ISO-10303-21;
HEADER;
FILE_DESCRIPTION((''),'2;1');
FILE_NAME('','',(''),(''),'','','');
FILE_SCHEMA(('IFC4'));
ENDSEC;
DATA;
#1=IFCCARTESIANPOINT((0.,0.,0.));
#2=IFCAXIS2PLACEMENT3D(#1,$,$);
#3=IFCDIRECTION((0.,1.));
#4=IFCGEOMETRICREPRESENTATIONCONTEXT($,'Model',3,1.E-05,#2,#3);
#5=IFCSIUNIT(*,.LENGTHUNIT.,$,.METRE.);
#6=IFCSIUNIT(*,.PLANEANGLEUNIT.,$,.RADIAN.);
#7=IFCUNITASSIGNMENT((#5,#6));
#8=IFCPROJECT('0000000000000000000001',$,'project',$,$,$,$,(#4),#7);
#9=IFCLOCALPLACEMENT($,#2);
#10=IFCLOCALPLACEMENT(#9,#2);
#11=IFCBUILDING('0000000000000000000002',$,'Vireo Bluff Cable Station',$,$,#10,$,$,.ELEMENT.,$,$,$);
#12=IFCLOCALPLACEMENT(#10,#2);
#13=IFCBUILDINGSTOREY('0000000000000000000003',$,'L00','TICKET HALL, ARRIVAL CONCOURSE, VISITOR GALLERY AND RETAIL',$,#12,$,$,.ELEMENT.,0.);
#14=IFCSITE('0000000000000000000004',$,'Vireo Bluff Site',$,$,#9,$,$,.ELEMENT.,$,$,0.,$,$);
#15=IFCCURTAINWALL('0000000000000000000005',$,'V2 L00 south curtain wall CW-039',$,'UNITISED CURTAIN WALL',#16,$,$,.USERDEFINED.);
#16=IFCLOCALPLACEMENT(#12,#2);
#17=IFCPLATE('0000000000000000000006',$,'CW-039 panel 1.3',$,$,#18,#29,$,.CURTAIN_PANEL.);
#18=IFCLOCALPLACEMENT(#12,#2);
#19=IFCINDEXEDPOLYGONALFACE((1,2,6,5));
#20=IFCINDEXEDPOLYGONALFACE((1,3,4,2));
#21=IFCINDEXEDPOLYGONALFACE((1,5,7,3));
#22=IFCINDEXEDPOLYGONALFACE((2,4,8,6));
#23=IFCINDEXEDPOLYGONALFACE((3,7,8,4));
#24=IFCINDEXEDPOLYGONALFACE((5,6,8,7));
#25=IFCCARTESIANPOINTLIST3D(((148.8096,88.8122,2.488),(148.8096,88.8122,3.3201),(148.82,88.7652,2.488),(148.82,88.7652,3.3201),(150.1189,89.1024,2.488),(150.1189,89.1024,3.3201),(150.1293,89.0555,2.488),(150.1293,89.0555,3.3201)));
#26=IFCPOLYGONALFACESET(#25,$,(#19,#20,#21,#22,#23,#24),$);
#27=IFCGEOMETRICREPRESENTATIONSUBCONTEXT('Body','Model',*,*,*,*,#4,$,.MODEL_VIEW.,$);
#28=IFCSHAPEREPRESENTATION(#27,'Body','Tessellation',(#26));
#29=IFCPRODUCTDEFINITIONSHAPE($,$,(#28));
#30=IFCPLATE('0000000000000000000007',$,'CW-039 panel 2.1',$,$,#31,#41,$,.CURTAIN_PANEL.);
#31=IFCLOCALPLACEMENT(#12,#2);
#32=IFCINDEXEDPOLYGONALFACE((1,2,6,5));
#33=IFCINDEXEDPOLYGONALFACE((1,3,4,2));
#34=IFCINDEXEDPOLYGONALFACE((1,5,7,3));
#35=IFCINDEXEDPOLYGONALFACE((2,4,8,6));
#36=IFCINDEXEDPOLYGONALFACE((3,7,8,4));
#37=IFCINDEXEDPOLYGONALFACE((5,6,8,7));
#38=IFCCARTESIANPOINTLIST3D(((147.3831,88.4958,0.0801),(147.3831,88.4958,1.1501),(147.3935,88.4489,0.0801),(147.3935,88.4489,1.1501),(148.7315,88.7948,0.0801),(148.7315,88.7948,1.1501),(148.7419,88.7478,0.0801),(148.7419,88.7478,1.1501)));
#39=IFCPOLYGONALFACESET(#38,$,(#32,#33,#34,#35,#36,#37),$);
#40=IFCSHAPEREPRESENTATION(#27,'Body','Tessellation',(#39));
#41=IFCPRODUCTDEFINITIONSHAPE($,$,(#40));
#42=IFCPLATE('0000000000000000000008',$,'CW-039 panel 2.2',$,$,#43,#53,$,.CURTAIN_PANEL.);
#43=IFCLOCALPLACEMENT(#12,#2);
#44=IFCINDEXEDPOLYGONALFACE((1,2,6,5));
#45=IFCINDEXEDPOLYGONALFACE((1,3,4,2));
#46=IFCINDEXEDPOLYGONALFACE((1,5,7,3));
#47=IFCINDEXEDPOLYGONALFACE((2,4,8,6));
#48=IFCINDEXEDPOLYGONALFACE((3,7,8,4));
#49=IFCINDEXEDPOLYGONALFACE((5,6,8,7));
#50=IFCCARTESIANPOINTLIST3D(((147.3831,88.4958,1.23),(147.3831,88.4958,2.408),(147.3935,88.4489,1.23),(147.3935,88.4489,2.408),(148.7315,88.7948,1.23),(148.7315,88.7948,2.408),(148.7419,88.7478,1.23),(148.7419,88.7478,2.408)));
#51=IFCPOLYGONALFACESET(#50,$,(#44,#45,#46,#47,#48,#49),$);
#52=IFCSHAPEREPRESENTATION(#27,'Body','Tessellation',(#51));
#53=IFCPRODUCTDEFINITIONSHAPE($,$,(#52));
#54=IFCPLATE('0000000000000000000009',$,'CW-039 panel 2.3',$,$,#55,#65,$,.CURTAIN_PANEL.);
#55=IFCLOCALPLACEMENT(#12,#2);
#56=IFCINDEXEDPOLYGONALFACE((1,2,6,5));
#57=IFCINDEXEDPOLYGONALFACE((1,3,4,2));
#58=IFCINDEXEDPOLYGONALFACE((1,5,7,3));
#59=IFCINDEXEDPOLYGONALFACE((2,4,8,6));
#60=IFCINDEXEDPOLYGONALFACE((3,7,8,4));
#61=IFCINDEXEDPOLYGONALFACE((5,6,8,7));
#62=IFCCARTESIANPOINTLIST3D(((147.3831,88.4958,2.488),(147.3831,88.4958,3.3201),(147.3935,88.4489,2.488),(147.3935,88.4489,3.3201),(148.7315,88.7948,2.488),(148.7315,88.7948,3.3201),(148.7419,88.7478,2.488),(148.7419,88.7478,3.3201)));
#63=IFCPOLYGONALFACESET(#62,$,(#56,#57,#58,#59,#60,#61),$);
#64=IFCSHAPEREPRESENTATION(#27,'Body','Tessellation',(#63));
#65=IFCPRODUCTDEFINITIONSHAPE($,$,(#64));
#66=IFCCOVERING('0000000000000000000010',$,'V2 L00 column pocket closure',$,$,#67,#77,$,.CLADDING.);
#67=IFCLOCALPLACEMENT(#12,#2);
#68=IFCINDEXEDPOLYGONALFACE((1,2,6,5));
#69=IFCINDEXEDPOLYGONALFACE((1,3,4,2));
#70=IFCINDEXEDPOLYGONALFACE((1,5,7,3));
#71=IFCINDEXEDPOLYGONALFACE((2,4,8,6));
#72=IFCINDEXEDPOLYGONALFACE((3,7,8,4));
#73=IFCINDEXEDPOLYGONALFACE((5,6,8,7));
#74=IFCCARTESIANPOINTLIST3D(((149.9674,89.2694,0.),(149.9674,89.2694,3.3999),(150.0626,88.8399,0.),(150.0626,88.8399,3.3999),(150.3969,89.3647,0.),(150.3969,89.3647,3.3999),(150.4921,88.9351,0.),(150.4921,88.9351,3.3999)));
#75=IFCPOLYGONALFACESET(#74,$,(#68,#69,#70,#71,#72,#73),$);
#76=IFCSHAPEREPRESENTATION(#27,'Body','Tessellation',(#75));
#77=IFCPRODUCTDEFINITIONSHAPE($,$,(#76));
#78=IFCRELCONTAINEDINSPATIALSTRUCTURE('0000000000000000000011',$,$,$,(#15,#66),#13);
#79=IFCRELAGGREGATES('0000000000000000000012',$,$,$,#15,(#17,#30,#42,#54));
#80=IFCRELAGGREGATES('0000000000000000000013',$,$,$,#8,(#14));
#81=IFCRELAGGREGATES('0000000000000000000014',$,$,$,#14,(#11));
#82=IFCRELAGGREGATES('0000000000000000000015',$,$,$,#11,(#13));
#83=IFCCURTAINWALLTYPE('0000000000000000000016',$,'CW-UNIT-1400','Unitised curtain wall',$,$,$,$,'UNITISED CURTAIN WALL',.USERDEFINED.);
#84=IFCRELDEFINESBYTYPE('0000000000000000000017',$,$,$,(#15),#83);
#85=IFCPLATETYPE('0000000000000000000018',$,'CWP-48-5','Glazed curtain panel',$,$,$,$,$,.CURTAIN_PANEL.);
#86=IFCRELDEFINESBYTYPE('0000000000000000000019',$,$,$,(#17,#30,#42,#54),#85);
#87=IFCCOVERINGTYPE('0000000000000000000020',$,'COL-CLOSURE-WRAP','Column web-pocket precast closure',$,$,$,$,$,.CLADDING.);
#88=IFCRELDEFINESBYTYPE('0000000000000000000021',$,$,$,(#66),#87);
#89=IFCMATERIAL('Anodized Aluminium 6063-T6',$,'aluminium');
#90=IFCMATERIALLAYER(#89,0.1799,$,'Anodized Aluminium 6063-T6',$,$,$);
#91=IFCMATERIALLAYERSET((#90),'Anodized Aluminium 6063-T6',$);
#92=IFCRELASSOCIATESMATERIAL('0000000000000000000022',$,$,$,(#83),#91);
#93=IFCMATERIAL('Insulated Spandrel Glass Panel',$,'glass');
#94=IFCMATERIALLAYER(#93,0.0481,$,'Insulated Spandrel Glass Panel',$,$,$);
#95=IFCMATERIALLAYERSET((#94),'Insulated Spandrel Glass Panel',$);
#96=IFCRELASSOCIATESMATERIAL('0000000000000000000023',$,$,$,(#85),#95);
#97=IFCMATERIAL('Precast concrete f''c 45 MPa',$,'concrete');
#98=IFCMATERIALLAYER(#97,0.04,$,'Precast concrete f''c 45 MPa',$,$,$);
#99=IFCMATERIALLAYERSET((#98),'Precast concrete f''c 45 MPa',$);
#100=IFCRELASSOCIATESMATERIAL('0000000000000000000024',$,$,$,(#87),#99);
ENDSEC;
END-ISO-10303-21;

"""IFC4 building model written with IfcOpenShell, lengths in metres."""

from ifc_helpers import new_model, si_unit, direction, frame, origin, origin_2d, place, context, subcontext, project, spatial, rectangle, extrude, material, layer, layer_set, type_object, element, aggregate, save


model = new_model("IFC4")

# Units and contexts
model_context = context("Model", 3, precision=1e-05, world=origin(), true_north=direction((0.0, 1.0)))
body_context = subcontext(model_context, "Body", "Model", "MODEL_VIEW")
ifc_project = project(units=[si_unit("LENGTHUNIT", "METRE"), si_unit("PLANEANGLEUNIT", "RADIAN")], contexts=[model_context])

# Site, building, storey
site_placement = place(None, origin())
site = spatial("IfcSite", under=ifc_project, at=site_placement, Name="Vireo Bluff Site", CompositionType="ELEMENT", RefElevation=0.0)
building_placement = place(site_placement, origin())
building = spatial("IfcBuilding", under=site, at=building_placement, Name="Vireo Bluff Cable Station", CompositionType="ELEMENT")
storey_placement = place(building_placement, origin())
storey = spatial("IfcBuildingStorey", under=building, at=storey_placement, Name="L00", Description="TICKET HALL, ARRIVAL CONCOURSE, VISITOR GALLERY AND RETAIL", CompositionType="ELEMENT", Elevation=0.0)

# Curtain wall, plates
ifc_material_1 = material(Name="Anodized Aluminium 6063-T6", Category="aluminium")
ifc_layer_1 = layer(ifc_material_1, 0.1799, Name="Anodized Aluminium 6063-T6")
ifc_layer_set_1 = layer_set([ifc_layer_1], Name="Anodized Aluminium 6063-T6")
curtain_wall_type = type_object("IfcCurtainWallType", Name="CW-UNIT-1400", Description="Unitised curtain wall", ElementType="UNITISED CURTAIN WALL", PredefinedType="USERDEFINED", material=ifc_layer_set_1)
curtain_wall_placement = place(storey_placement, origin())
curtain_wall = element("IfcCurtainWall", 1, at=curtain_wall_placement, inside=storey, type_object=curtain_wall_type, Name="V2 L00 south curtain wall CW-039", ObjectType="UNITISED CURTAIN WALL", PredefinedType="USERDEFINED")
ifc_material_2 = material(Name="Insulated Spandrel Glass Panel", Category="glass")
ifc_layer_2 = layer(ifc_material_2, 0.0481, Name="Insulated Spandrel Glass Panel")
ifc_layer_set_2 = layer_set([ifc_layer_2], Name="Insulated Spandrel Glass Panel")
plate_type = type_object("IfcPlateType", Name="CWP-48-5", Description="Glazed curtain panel", PredefinedType="CURTAIN_PANEL", material=ifc_layer_set_2)
plate_1_placement = place(storey_placement, frame((149.4695, 88.9338, 2.488), z_axis=(0.0, 0.0, 1.0), x_axis=(-0.976296, -0.21644, 0.0)))
plate_1 = element("IfcPlate", 2, at=plate_1_placement, type_object=plate_type, Name="CW-039 panel 1.3", PredefinedType="CURTAIN_PANEL", context=body_context, shape_type="SweptSolid", body=[
    extrude(rectangle(XDim=1.3411, YDim=0.0481, at=origin_2d()), origin(), (0.0, 0.0, 1.0), 0.832),
])
plate_2_placement = place(storey_placement, frame((148.0625, 88.6218, 0.0801), z_axis=(0.0, 0.0, 1.0), x_axis=(-0.976296, -0.21644, 0.0)))
plate_2 = element("IfcPlate", 3, at=plate_2_placement, type_object=plate_type, Name="CW-039 panel 2.1", PredefinedType="CURTAIN_PANEL", context=body_context, shape_type="SweptSolid", body=[
    extrude(rectangle(XDim=1.3811, YDim=0.0481, at=origin_2d()), origin(), (0.0, 0.0, 1.0), 1.0701),
])
plate_3_placement = place(storey_placement, frame((148.0625, 88.6218, 1.23), z_axis=(0.0, 0.0, 1.0), x_axis=(-0.976296, -0.21644, 0.0)))
plate_3 = element("IfcPlate", 4, at=plate_3_placement, type_object=plate_type, Name="CW-039 panel 2.2", PredefinedType="CURTAIN_PANEL", context=body_context, shape_type="SweptSolid", body=[
    extrude(rectangle(XDim=1.3811, YDim=0.0481, at=origin_2d()), origin(), (0.0, 0.0, 1.0), 1.178),
])
plate_4_placement = place(storey_placement, frame((148.0625, 88.6218, 2.488), z_axis=(0.0, 0.0, 1.0), x_axis=(-0.976296, -0.21644, 0.0)))
plate_4 = element("IfcPlate", 5, at=plate_4_placement, type_object=plate_type, Name="CW-039 panel 2.3", PredefinedType="CURTAIN_PANEL", context=body_context, shape_type="SweptSolid", body=[
    extrude(rectangle(XDim=1.3811, YDim=0.0481, at=origin_2d()), origin(), (0.0, 0.0, 1.0), 0.832),
])
aggregate(curtain_wall, [plate_1, plate_2, plate_3, plate_4])

# Covering
ifc_material_3 = material(Name="Precast concrete f'c 45 MPa", Category="concrete")
ifc_layer_3 = layer(ifc_material_3, 0.04, Name="Precast concrete f'c 45 MPa")
ifc_layer_set_3 = layer_set([ifc_layer_3], Name="Precast concrete f'c 45 MPa")
covering_type = type_object("IfcCoveringType", Name="COL-CLOSURE-WRAP", Description="Column web-pocket precast closure", PredefinedType="CLADDING", material=ifc_layer_set_3)
covering_placement = place(storey_placement, frame((150.2297, 89.1023, 0.0), z_axis=(0.0, 0.0, 1.0), x_axis=(0.976296, 0.21644, 0.0)))
element("IfcCovering", 6, at=covering_placement, inside=storey, type_object=covering_type, Name="V2 L00 column pocket closure", PredefinedType="CLADDING", context=body_context, shape_type="SweptSolid", body=[
    extrude(rectangle(XDim=0.4399, YDim=0.4399, at=origin_2d()), origin(), (0.0, 0.0, 1.0), 3.3999),
])

save(model, "model.ifc")
